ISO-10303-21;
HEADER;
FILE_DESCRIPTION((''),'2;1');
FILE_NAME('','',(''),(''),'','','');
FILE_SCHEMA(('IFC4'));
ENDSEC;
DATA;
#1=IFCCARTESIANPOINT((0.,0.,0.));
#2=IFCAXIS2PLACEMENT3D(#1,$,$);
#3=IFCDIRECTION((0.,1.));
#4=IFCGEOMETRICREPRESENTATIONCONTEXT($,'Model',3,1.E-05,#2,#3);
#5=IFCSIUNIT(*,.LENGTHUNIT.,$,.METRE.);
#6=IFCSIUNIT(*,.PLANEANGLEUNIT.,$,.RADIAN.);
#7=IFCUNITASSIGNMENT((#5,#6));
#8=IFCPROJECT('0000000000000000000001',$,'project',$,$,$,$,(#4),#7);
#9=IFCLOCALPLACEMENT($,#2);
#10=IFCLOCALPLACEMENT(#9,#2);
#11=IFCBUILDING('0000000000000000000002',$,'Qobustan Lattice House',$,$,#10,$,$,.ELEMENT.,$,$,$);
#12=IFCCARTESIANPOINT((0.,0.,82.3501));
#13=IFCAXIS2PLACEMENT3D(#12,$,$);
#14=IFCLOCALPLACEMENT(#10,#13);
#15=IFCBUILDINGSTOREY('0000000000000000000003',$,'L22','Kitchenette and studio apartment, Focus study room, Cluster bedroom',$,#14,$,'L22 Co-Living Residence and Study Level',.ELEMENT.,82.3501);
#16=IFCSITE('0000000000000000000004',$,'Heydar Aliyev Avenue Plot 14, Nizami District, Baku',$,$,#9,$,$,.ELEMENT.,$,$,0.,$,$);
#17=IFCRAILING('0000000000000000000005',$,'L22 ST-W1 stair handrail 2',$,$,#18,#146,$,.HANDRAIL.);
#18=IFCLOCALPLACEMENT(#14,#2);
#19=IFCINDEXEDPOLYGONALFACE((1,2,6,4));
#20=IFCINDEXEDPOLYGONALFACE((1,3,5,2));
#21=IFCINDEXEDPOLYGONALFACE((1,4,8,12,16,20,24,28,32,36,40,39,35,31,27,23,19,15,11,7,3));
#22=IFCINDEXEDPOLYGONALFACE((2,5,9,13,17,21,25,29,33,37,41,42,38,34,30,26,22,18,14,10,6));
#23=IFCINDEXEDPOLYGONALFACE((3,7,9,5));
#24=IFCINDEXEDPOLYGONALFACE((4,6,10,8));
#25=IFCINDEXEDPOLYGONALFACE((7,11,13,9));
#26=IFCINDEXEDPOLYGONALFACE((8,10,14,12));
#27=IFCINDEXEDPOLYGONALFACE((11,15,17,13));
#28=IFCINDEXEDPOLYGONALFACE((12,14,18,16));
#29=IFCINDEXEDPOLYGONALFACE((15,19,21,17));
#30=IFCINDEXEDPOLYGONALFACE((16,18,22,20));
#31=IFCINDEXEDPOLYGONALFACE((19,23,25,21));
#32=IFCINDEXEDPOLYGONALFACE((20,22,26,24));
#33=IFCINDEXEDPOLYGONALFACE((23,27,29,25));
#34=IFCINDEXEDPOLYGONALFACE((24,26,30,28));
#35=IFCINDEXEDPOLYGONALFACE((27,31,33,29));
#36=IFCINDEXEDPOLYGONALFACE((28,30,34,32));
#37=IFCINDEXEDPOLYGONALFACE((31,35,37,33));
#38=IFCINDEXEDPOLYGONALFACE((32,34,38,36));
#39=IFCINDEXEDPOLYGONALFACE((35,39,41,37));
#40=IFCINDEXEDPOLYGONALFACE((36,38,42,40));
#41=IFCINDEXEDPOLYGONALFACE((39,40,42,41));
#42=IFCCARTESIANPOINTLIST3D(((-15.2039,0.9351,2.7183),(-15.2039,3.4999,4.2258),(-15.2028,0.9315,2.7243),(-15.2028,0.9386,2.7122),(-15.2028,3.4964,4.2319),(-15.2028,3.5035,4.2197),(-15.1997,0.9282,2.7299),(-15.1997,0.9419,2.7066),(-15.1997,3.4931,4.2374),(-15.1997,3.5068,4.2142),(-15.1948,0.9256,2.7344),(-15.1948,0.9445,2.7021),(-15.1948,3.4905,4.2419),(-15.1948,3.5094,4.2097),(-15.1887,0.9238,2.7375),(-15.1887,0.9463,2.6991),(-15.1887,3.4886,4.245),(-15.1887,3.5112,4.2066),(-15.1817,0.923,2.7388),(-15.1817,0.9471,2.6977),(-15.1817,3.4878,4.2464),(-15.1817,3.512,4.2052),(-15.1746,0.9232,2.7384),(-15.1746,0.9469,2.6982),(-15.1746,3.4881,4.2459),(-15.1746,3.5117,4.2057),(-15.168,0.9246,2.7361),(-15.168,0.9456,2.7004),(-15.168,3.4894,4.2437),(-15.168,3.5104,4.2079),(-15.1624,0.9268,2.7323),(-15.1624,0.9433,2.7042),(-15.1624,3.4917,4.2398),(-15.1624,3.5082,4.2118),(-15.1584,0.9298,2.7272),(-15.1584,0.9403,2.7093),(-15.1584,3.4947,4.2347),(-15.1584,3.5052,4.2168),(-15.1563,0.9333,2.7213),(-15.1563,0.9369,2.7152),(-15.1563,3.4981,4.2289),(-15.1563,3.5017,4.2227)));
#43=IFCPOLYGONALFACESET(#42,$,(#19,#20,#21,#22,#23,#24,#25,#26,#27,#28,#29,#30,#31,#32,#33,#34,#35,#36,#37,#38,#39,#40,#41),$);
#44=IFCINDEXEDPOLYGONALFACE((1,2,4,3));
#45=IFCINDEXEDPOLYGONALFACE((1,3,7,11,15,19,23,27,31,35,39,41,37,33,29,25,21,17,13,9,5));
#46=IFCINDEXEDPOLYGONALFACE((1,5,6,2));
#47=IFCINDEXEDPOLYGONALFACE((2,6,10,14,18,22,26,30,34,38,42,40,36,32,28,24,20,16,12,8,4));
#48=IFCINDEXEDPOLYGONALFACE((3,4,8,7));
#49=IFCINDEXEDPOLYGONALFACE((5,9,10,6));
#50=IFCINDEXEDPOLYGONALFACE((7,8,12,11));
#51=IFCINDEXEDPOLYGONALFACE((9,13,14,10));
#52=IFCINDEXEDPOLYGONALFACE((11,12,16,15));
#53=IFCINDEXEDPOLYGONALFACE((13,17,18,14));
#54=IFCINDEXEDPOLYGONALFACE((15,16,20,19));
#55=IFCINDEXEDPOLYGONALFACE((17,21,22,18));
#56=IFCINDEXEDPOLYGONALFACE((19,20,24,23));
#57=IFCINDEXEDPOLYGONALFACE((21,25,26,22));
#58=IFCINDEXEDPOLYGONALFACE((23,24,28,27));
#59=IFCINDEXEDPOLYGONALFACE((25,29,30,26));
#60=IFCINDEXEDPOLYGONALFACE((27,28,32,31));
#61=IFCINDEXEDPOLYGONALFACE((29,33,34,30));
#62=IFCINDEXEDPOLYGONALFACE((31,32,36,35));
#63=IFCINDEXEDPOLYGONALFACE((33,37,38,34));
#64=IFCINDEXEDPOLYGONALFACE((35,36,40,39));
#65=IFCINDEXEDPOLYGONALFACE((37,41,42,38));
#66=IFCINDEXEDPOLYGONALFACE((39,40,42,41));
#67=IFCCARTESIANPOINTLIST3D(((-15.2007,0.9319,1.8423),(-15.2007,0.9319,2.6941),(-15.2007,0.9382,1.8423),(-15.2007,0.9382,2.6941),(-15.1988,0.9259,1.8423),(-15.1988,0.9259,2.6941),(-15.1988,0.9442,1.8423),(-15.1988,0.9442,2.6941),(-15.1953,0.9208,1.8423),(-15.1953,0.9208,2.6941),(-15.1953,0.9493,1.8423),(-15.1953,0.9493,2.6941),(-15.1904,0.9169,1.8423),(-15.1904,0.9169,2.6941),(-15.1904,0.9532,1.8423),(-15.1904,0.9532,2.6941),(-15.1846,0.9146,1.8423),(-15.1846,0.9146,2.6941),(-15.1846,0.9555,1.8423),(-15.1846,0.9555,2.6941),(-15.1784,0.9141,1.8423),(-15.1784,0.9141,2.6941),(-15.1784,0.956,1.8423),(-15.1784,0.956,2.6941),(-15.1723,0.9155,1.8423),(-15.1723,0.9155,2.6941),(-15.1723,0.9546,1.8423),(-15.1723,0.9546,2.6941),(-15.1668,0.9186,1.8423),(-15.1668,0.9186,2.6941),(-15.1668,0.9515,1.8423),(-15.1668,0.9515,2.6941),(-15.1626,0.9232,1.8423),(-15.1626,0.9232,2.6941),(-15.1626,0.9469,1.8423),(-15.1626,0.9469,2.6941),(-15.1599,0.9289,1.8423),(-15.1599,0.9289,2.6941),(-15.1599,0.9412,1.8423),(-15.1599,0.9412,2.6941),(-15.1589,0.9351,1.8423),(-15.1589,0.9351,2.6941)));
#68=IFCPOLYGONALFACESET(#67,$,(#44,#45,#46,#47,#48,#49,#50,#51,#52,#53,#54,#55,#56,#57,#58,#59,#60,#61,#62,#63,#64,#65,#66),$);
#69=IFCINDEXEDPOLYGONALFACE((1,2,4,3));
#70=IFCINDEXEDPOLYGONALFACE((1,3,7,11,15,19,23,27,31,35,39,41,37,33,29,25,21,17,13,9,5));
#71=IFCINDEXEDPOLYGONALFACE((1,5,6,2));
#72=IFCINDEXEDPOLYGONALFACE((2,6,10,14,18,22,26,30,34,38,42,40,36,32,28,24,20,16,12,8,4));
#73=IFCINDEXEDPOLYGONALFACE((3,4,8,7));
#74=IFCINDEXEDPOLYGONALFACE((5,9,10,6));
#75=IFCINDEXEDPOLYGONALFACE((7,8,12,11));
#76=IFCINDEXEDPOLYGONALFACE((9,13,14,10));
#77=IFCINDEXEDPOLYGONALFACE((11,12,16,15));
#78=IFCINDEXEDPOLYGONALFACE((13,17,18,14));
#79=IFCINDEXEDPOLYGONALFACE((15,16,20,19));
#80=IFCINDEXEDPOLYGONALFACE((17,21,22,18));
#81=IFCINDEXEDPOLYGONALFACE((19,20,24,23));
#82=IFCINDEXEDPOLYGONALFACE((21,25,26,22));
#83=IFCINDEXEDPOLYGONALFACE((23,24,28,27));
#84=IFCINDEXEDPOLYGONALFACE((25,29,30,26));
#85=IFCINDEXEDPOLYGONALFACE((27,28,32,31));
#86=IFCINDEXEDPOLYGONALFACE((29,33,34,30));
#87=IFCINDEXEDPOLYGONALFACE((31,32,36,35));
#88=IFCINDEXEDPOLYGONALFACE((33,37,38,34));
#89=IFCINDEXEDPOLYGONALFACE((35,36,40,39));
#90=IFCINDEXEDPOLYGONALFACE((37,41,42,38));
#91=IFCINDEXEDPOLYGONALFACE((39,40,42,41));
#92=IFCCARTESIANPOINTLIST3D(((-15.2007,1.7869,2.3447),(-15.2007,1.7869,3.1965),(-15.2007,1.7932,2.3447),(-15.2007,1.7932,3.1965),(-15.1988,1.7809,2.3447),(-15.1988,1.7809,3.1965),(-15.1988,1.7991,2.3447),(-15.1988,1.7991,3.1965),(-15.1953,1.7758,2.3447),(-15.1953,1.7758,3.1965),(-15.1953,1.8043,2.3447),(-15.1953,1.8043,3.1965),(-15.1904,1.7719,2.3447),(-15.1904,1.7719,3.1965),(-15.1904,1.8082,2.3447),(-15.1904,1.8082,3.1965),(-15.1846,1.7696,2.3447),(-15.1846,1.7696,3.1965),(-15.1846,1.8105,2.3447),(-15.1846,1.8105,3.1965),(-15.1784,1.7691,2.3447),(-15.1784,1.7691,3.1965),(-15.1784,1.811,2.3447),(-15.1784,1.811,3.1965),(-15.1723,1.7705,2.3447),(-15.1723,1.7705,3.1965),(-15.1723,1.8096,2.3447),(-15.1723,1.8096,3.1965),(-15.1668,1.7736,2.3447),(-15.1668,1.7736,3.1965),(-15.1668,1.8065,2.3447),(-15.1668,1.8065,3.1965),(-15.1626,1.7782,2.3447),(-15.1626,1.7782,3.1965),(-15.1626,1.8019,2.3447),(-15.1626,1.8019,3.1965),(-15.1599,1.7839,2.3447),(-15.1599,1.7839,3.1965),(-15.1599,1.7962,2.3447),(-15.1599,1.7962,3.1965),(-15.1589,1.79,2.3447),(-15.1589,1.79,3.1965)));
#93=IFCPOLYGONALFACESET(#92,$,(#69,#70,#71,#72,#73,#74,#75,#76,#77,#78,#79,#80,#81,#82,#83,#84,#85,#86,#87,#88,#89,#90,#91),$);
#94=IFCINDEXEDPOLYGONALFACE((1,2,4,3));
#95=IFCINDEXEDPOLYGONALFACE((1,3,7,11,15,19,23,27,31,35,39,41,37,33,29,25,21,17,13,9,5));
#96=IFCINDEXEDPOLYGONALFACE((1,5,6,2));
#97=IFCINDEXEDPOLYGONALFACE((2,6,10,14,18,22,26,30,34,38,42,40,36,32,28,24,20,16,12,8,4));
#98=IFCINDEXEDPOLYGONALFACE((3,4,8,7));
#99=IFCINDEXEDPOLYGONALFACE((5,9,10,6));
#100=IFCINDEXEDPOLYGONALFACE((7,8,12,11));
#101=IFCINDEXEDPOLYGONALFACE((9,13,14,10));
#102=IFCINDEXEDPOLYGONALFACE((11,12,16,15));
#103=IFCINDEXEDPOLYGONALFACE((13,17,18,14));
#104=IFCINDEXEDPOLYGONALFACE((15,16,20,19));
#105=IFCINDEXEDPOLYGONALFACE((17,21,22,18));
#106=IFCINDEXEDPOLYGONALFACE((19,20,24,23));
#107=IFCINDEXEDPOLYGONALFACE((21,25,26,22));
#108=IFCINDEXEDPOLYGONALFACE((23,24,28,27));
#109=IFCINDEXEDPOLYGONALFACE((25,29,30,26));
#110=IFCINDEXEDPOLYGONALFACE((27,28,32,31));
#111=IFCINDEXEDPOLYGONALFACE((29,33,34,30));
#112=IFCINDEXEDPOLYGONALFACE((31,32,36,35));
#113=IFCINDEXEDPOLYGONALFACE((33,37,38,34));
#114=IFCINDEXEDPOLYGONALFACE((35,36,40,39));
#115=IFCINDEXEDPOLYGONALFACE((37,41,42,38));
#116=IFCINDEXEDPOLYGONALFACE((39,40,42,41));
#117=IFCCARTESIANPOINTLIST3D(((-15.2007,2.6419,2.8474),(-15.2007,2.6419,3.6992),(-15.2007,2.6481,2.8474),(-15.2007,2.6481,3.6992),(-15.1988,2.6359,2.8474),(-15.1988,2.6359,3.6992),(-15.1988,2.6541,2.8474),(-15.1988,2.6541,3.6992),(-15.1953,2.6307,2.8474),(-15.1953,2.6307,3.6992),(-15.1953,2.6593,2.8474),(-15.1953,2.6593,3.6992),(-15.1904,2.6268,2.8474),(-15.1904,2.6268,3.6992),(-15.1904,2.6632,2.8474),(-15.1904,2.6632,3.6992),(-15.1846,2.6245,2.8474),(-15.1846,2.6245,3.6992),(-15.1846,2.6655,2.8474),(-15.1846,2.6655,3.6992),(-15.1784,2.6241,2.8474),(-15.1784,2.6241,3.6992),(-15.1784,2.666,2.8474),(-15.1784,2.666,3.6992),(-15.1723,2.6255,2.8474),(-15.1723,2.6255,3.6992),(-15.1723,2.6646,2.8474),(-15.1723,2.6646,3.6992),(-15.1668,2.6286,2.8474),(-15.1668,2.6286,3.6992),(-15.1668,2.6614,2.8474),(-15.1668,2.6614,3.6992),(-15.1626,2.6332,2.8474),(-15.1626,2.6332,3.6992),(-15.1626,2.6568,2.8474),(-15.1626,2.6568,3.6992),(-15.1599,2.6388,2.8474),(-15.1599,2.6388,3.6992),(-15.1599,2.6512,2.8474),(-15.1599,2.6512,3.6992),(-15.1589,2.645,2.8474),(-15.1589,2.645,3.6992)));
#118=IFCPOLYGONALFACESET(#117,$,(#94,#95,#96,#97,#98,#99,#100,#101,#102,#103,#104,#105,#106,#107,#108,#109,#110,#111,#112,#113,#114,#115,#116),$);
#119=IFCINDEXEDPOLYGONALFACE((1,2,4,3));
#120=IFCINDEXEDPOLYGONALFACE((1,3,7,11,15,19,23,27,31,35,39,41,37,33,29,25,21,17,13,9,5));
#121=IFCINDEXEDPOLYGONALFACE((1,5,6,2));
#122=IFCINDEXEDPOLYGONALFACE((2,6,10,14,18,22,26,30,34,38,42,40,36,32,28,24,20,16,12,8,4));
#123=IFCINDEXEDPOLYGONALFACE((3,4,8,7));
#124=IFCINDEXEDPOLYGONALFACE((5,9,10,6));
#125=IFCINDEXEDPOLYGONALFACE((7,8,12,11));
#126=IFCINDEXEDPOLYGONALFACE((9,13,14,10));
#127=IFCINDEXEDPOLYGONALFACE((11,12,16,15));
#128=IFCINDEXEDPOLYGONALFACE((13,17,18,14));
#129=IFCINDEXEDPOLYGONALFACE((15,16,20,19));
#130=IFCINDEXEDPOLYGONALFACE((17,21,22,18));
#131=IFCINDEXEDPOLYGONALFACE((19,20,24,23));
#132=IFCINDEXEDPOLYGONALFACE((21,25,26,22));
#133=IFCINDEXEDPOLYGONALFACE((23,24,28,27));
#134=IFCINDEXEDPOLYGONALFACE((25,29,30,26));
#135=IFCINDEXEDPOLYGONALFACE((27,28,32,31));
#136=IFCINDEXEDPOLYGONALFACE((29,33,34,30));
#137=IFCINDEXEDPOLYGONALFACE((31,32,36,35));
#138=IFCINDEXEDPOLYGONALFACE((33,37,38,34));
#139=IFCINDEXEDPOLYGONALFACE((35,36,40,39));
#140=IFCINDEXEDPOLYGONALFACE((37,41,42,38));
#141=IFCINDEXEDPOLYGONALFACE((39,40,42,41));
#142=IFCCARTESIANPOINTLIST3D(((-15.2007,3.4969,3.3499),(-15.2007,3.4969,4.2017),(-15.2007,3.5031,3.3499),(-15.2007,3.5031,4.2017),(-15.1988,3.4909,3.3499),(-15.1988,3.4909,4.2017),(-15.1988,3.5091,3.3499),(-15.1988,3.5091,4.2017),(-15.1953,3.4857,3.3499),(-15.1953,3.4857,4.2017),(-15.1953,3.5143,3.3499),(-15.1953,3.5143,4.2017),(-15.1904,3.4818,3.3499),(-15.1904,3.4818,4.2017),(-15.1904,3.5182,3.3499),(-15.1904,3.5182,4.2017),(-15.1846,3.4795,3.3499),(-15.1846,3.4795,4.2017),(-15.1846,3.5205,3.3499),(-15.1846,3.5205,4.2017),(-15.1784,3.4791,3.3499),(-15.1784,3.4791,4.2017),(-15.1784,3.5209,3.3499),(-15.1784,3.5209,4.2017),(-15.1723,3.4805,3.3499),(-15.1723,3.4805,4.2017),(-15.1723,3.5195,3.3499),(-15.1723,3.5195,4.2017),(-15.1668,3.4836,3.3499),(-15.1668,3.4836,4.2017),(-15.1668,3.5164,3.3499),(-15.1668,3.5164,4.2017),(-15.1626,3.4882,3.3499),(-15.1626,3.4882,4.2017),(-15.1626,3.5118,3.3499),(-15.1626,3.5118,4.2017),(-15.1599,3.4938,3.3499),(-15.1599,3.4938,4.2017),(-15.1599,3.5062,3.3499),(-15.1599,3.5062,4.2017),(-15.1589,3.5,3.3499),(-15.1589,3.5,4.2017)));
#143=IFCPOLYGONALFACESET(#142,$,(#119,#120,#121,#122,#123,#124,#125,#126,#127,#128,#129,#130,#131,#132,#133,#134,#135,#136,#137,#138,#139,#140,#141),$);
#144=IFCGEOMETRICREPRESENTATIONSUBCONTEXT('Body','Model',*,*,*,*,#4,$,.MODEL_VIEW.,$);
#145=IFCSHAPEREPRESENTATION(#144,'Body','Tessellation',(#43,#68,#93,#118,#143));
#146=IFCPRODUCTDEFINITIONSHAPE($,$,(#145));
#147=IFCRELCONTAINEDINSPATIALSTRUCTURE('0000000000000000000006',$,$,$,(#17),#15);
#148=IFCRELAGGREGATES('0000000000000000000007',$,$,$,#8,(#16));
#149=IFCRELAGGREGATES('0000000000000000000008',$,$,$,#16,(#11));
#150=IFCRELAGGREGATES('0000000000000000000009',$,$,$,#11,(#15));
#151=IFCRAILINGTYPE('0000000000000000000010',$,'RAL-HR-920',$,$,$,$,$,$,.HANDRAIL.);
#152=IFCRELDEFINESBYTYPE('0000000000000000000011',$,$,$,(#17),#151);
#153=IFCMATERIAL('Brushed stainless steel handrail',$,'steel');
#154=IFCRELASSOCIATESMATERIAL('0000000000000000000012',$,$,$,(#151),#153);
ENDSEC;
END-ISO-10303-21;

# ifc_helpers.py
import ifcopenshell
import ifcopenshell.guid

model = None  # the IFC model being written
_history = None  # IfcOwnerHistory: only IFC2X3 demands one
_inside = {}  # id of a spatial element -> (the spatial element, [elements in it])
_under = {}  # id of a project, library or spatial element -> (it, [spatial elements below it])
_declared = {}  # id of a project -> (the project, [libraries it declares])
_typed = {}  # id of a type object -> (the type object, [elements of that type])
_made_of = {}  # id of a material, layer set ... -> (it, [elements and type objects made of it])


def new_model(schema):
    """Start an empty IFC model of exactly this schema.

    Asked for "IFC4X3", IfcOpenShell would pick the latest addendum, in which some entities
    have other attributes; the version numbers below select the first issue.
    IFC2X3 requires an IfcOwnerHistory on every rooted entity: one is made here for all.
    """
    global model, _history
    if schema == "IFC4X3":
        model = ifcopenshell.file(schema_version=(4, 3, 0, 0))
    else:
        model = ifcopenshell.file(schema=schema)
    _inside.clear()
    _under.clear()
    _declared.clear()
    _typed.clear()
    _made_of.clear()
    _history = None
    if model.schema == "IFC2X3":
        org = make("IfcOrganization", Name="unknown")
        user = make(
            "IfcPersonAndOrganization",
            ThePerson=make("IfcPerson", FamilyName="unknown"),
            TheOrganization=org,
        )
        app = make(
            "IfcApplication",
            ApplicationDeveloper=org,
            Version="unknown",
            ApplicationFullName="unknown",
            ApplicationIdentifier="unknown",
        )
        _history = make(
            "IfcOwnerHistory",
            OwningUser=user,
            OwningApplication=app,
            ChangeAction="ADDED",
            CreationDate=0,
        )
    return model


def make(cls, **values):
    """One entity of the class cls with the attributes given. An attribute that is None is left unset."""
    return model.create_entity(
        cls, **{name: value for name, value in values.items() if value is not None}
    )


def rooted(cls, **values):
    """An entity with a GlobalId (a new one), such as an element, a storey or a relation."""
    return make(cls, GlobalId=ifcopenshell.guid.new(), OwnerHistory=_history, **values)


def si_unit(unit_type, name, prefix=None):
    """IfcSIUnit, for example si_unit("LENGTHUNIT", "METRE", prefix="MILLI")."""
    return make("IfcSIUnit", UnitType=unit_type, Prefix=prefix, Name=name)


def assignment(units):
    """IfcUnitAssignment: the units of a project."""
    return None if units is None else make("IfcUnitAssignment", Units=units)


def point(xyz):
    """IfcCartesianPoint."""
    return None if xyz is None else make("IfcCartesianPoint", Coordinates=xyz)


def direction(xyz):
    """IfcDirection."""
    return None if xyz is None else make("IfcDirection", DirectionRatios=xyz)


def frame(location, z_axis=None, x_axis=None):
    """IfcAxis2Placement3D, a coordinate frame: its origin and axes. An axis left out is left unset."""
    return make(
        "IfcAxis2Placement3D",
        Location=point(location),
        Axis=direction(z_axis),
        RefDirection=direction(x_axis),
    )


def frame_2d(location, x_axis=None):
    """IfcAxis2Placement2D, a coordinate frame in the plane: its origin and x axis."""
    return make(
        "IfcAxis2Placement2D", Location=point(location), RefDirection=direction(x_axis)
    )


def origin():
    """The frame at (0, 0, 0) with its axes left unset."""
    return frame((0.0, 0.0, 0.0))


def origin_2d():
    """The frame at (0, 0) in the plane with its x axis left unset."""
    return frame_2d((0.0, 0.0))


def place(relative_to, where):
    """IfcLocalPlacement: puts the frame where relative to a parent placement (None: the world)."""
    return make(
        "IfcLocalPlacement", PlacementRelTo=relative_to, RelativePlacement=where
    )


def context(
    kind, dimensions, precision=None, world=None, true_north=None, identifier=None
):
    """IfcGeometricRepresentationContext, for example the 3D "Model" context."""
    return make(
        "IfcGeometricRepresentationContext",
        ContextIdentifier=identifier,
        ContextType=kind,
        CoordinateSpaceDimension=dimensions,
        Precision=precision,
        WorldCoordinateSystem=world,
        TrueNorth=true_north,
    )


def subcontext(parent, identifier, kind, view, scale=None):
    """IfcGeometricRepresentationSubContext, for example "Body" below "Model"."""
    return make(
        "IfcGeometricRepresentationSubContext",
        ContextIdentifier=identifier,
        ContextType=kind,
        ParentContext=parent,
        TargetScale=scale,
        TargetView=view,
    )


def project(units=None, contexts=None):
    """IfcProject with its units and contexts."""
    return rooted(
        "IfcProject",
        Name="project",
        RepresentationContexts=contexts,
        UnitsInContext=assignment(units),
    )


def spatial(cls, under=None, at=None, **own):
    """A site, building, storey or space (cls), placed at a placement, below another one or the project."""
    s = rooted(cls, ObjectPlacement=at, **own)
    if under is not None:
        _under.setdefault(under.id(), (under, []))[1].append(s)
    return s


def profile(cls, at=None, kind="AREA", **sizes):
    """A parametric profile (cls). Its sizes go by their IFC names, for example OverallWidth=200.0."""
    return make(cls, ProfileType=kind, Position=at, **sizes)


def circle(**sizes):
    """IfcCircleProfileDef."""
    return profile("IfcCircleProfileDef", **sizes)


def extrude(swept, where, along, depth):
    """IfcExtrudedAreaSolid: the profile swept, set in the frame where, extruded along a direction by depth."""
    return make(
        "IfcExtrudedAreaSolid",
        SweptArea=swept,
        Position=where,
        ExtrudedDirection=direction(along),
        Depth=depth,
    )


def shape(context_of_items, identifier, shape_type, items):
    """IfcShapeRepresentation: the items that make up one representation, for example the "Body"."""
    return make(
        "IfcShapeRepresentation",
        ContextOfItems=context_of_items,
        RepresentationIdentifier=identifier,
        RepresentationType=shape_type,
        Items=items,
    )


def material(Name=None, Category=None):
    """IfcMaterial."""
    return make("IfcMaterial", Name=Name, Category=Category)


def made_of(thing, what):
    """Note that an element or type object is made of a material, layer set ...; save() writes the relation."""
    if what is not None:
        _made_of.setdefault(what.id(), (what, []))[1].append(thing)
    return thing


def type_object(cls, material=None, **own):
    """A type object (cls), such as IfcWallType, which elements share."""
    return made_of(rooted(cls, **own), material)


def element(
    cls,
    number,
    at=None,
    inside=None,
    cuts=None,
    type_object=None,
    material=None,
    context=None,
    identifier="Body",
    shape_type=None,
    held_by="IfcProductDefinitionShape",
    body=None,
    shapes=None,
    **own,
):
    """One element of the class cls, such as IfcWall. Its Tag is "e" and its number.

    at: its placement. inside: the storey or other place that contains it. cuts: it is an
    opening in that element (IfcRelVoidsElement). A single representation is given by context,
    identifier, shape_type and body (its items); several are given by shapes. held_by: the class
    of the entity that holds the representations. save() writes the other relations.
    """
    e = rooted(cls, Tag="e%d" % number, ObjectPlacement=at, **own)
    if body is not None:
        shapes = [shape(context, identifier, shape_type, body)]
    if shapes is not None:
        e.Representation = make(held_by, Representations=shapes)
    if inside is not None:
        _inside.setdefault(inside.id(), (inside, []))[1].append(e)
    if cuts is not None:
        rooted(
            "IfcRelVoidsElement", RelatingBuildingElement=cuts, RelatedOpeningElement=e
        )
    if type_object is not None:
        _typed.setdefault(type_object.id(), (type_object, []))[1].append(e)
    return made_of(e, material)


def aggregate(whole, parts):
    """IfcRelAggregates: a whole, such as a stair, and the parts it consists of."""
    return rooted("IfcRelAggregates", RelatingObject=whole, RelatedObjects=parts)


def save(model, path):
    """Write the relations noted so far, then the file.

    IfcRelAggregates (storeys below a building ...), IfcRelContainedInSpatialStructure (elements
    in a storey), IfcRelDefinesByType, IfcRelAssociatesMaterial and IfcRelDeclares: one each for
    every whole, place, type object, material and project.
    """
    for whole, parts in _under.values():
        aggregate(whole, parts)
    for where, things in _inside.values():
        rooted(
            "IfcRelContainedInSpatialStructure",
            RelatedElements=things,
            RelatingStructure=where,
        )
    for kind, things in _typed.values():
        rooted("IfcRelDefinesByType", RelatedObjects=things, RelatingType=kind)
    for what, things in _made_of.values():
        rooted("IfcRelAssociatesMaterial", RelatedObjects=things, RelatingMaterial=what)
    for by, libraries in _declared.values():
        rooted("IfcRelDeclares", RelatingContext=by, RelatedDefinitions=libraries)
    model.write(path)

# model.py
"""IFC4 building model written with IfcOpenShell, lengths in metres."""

from ifc_helpers import new_model, si_unit, direction, frame, origin, origin_2d, place, context, subcontext, project, spatial, circle, extrude, material, type_object, element, save


model = new_model("IFC4")

# Units and contexts
model_context = context("Model", 3, precision=1e-05, world=origin(), true_north=direction((0.0, 1.0)))
body_context = subcontext(model_context, "Body", "Model", "MODEL_VIEW")
ifc_project = project(units=[si_unit("LENGTHUNIT", "METRE"), si_unit("PLANEANGLEUNIT", "RADIAN")], contexts=[model_context])

# Site, building, storey
site_placement = place(None, origin())
site = spatial("IfcSite", under=ifc_project, at=site_placement, Name="Heydar Aliyev Avenue Plot 14, Nizami District, Baku", CompositionType="ELEMENT", RefElevation=0.0)
building_placement = place(site_placement, origin())
building = spatial("IfcBuilding", under=site, at=building_placement, Name="Qobustan Lattice House", CompositionType="ELEMENT")
storey_placement = place(building_placement, frame((0.0, 0.0, 82.3501)))
storey = spatial("IfcBuildingStorey", under=building, at=storey_placement, Name="L22", Description="Kitchenette and studio apartment, Focus study room, Cluster bedroom", LongName="L22 Co-Living Residence and Study Level", CompositionType="ELEMENT", Elevation=82.3501)

# Railing
ifc_material_1 = material(Name="Brushed stainless steel handrail", Category="steel")
railing_type_1 = type_object("IfcRailingType", Name="RAL-HR-920", PredefinedType="HANDRAIL", material=ifc_material_1)
railing_1_placement = place(storey_placement, frame((-15.1799, 0.9351, 1.8423)))
element("IfcRailing", 1, at=railing_1_placement, inside=storey, type_object=railing_type_1, Name="L22 ST-W1 stair handrail 2", PredefinedType="HANDRAIL", context=body_context, shape_type="SweptSolid", body=[
    extrude(circle(Radius=0.0239, at=origin_2d()), frame((0.0, 0.0, 0.876), z_axis=(0.0, 0.862113, 0.506715), x_axis=(-1.0, 0.0, 0.0)), (0.0, 0.0, 1.0), 2.9751),
    extrude(circle(Radius=0.021, at=origin_2d()), origin(), (0.0, 0.0, 1.0), 0.8518),
    extrude(circle(Radius=0.021, at=origin_2d()), frame((0.0, 0.855, 0.5024)), (0.0, 0.0, 1.0), 0.8518),
    extrude(circle(Radius=0.021, at=origin_2d()), frame((0.0, 1.71, 1.0051)), (0.0, 0.0, 1.0), 0.8518),
    extrude(circle(Radius=0.021, at=origin_2d()), frame((0.0, 2.5649, 1.5076)), (0.0, 0.0, 1.0), 0.8518),
])

save(model, "model.ifc")
